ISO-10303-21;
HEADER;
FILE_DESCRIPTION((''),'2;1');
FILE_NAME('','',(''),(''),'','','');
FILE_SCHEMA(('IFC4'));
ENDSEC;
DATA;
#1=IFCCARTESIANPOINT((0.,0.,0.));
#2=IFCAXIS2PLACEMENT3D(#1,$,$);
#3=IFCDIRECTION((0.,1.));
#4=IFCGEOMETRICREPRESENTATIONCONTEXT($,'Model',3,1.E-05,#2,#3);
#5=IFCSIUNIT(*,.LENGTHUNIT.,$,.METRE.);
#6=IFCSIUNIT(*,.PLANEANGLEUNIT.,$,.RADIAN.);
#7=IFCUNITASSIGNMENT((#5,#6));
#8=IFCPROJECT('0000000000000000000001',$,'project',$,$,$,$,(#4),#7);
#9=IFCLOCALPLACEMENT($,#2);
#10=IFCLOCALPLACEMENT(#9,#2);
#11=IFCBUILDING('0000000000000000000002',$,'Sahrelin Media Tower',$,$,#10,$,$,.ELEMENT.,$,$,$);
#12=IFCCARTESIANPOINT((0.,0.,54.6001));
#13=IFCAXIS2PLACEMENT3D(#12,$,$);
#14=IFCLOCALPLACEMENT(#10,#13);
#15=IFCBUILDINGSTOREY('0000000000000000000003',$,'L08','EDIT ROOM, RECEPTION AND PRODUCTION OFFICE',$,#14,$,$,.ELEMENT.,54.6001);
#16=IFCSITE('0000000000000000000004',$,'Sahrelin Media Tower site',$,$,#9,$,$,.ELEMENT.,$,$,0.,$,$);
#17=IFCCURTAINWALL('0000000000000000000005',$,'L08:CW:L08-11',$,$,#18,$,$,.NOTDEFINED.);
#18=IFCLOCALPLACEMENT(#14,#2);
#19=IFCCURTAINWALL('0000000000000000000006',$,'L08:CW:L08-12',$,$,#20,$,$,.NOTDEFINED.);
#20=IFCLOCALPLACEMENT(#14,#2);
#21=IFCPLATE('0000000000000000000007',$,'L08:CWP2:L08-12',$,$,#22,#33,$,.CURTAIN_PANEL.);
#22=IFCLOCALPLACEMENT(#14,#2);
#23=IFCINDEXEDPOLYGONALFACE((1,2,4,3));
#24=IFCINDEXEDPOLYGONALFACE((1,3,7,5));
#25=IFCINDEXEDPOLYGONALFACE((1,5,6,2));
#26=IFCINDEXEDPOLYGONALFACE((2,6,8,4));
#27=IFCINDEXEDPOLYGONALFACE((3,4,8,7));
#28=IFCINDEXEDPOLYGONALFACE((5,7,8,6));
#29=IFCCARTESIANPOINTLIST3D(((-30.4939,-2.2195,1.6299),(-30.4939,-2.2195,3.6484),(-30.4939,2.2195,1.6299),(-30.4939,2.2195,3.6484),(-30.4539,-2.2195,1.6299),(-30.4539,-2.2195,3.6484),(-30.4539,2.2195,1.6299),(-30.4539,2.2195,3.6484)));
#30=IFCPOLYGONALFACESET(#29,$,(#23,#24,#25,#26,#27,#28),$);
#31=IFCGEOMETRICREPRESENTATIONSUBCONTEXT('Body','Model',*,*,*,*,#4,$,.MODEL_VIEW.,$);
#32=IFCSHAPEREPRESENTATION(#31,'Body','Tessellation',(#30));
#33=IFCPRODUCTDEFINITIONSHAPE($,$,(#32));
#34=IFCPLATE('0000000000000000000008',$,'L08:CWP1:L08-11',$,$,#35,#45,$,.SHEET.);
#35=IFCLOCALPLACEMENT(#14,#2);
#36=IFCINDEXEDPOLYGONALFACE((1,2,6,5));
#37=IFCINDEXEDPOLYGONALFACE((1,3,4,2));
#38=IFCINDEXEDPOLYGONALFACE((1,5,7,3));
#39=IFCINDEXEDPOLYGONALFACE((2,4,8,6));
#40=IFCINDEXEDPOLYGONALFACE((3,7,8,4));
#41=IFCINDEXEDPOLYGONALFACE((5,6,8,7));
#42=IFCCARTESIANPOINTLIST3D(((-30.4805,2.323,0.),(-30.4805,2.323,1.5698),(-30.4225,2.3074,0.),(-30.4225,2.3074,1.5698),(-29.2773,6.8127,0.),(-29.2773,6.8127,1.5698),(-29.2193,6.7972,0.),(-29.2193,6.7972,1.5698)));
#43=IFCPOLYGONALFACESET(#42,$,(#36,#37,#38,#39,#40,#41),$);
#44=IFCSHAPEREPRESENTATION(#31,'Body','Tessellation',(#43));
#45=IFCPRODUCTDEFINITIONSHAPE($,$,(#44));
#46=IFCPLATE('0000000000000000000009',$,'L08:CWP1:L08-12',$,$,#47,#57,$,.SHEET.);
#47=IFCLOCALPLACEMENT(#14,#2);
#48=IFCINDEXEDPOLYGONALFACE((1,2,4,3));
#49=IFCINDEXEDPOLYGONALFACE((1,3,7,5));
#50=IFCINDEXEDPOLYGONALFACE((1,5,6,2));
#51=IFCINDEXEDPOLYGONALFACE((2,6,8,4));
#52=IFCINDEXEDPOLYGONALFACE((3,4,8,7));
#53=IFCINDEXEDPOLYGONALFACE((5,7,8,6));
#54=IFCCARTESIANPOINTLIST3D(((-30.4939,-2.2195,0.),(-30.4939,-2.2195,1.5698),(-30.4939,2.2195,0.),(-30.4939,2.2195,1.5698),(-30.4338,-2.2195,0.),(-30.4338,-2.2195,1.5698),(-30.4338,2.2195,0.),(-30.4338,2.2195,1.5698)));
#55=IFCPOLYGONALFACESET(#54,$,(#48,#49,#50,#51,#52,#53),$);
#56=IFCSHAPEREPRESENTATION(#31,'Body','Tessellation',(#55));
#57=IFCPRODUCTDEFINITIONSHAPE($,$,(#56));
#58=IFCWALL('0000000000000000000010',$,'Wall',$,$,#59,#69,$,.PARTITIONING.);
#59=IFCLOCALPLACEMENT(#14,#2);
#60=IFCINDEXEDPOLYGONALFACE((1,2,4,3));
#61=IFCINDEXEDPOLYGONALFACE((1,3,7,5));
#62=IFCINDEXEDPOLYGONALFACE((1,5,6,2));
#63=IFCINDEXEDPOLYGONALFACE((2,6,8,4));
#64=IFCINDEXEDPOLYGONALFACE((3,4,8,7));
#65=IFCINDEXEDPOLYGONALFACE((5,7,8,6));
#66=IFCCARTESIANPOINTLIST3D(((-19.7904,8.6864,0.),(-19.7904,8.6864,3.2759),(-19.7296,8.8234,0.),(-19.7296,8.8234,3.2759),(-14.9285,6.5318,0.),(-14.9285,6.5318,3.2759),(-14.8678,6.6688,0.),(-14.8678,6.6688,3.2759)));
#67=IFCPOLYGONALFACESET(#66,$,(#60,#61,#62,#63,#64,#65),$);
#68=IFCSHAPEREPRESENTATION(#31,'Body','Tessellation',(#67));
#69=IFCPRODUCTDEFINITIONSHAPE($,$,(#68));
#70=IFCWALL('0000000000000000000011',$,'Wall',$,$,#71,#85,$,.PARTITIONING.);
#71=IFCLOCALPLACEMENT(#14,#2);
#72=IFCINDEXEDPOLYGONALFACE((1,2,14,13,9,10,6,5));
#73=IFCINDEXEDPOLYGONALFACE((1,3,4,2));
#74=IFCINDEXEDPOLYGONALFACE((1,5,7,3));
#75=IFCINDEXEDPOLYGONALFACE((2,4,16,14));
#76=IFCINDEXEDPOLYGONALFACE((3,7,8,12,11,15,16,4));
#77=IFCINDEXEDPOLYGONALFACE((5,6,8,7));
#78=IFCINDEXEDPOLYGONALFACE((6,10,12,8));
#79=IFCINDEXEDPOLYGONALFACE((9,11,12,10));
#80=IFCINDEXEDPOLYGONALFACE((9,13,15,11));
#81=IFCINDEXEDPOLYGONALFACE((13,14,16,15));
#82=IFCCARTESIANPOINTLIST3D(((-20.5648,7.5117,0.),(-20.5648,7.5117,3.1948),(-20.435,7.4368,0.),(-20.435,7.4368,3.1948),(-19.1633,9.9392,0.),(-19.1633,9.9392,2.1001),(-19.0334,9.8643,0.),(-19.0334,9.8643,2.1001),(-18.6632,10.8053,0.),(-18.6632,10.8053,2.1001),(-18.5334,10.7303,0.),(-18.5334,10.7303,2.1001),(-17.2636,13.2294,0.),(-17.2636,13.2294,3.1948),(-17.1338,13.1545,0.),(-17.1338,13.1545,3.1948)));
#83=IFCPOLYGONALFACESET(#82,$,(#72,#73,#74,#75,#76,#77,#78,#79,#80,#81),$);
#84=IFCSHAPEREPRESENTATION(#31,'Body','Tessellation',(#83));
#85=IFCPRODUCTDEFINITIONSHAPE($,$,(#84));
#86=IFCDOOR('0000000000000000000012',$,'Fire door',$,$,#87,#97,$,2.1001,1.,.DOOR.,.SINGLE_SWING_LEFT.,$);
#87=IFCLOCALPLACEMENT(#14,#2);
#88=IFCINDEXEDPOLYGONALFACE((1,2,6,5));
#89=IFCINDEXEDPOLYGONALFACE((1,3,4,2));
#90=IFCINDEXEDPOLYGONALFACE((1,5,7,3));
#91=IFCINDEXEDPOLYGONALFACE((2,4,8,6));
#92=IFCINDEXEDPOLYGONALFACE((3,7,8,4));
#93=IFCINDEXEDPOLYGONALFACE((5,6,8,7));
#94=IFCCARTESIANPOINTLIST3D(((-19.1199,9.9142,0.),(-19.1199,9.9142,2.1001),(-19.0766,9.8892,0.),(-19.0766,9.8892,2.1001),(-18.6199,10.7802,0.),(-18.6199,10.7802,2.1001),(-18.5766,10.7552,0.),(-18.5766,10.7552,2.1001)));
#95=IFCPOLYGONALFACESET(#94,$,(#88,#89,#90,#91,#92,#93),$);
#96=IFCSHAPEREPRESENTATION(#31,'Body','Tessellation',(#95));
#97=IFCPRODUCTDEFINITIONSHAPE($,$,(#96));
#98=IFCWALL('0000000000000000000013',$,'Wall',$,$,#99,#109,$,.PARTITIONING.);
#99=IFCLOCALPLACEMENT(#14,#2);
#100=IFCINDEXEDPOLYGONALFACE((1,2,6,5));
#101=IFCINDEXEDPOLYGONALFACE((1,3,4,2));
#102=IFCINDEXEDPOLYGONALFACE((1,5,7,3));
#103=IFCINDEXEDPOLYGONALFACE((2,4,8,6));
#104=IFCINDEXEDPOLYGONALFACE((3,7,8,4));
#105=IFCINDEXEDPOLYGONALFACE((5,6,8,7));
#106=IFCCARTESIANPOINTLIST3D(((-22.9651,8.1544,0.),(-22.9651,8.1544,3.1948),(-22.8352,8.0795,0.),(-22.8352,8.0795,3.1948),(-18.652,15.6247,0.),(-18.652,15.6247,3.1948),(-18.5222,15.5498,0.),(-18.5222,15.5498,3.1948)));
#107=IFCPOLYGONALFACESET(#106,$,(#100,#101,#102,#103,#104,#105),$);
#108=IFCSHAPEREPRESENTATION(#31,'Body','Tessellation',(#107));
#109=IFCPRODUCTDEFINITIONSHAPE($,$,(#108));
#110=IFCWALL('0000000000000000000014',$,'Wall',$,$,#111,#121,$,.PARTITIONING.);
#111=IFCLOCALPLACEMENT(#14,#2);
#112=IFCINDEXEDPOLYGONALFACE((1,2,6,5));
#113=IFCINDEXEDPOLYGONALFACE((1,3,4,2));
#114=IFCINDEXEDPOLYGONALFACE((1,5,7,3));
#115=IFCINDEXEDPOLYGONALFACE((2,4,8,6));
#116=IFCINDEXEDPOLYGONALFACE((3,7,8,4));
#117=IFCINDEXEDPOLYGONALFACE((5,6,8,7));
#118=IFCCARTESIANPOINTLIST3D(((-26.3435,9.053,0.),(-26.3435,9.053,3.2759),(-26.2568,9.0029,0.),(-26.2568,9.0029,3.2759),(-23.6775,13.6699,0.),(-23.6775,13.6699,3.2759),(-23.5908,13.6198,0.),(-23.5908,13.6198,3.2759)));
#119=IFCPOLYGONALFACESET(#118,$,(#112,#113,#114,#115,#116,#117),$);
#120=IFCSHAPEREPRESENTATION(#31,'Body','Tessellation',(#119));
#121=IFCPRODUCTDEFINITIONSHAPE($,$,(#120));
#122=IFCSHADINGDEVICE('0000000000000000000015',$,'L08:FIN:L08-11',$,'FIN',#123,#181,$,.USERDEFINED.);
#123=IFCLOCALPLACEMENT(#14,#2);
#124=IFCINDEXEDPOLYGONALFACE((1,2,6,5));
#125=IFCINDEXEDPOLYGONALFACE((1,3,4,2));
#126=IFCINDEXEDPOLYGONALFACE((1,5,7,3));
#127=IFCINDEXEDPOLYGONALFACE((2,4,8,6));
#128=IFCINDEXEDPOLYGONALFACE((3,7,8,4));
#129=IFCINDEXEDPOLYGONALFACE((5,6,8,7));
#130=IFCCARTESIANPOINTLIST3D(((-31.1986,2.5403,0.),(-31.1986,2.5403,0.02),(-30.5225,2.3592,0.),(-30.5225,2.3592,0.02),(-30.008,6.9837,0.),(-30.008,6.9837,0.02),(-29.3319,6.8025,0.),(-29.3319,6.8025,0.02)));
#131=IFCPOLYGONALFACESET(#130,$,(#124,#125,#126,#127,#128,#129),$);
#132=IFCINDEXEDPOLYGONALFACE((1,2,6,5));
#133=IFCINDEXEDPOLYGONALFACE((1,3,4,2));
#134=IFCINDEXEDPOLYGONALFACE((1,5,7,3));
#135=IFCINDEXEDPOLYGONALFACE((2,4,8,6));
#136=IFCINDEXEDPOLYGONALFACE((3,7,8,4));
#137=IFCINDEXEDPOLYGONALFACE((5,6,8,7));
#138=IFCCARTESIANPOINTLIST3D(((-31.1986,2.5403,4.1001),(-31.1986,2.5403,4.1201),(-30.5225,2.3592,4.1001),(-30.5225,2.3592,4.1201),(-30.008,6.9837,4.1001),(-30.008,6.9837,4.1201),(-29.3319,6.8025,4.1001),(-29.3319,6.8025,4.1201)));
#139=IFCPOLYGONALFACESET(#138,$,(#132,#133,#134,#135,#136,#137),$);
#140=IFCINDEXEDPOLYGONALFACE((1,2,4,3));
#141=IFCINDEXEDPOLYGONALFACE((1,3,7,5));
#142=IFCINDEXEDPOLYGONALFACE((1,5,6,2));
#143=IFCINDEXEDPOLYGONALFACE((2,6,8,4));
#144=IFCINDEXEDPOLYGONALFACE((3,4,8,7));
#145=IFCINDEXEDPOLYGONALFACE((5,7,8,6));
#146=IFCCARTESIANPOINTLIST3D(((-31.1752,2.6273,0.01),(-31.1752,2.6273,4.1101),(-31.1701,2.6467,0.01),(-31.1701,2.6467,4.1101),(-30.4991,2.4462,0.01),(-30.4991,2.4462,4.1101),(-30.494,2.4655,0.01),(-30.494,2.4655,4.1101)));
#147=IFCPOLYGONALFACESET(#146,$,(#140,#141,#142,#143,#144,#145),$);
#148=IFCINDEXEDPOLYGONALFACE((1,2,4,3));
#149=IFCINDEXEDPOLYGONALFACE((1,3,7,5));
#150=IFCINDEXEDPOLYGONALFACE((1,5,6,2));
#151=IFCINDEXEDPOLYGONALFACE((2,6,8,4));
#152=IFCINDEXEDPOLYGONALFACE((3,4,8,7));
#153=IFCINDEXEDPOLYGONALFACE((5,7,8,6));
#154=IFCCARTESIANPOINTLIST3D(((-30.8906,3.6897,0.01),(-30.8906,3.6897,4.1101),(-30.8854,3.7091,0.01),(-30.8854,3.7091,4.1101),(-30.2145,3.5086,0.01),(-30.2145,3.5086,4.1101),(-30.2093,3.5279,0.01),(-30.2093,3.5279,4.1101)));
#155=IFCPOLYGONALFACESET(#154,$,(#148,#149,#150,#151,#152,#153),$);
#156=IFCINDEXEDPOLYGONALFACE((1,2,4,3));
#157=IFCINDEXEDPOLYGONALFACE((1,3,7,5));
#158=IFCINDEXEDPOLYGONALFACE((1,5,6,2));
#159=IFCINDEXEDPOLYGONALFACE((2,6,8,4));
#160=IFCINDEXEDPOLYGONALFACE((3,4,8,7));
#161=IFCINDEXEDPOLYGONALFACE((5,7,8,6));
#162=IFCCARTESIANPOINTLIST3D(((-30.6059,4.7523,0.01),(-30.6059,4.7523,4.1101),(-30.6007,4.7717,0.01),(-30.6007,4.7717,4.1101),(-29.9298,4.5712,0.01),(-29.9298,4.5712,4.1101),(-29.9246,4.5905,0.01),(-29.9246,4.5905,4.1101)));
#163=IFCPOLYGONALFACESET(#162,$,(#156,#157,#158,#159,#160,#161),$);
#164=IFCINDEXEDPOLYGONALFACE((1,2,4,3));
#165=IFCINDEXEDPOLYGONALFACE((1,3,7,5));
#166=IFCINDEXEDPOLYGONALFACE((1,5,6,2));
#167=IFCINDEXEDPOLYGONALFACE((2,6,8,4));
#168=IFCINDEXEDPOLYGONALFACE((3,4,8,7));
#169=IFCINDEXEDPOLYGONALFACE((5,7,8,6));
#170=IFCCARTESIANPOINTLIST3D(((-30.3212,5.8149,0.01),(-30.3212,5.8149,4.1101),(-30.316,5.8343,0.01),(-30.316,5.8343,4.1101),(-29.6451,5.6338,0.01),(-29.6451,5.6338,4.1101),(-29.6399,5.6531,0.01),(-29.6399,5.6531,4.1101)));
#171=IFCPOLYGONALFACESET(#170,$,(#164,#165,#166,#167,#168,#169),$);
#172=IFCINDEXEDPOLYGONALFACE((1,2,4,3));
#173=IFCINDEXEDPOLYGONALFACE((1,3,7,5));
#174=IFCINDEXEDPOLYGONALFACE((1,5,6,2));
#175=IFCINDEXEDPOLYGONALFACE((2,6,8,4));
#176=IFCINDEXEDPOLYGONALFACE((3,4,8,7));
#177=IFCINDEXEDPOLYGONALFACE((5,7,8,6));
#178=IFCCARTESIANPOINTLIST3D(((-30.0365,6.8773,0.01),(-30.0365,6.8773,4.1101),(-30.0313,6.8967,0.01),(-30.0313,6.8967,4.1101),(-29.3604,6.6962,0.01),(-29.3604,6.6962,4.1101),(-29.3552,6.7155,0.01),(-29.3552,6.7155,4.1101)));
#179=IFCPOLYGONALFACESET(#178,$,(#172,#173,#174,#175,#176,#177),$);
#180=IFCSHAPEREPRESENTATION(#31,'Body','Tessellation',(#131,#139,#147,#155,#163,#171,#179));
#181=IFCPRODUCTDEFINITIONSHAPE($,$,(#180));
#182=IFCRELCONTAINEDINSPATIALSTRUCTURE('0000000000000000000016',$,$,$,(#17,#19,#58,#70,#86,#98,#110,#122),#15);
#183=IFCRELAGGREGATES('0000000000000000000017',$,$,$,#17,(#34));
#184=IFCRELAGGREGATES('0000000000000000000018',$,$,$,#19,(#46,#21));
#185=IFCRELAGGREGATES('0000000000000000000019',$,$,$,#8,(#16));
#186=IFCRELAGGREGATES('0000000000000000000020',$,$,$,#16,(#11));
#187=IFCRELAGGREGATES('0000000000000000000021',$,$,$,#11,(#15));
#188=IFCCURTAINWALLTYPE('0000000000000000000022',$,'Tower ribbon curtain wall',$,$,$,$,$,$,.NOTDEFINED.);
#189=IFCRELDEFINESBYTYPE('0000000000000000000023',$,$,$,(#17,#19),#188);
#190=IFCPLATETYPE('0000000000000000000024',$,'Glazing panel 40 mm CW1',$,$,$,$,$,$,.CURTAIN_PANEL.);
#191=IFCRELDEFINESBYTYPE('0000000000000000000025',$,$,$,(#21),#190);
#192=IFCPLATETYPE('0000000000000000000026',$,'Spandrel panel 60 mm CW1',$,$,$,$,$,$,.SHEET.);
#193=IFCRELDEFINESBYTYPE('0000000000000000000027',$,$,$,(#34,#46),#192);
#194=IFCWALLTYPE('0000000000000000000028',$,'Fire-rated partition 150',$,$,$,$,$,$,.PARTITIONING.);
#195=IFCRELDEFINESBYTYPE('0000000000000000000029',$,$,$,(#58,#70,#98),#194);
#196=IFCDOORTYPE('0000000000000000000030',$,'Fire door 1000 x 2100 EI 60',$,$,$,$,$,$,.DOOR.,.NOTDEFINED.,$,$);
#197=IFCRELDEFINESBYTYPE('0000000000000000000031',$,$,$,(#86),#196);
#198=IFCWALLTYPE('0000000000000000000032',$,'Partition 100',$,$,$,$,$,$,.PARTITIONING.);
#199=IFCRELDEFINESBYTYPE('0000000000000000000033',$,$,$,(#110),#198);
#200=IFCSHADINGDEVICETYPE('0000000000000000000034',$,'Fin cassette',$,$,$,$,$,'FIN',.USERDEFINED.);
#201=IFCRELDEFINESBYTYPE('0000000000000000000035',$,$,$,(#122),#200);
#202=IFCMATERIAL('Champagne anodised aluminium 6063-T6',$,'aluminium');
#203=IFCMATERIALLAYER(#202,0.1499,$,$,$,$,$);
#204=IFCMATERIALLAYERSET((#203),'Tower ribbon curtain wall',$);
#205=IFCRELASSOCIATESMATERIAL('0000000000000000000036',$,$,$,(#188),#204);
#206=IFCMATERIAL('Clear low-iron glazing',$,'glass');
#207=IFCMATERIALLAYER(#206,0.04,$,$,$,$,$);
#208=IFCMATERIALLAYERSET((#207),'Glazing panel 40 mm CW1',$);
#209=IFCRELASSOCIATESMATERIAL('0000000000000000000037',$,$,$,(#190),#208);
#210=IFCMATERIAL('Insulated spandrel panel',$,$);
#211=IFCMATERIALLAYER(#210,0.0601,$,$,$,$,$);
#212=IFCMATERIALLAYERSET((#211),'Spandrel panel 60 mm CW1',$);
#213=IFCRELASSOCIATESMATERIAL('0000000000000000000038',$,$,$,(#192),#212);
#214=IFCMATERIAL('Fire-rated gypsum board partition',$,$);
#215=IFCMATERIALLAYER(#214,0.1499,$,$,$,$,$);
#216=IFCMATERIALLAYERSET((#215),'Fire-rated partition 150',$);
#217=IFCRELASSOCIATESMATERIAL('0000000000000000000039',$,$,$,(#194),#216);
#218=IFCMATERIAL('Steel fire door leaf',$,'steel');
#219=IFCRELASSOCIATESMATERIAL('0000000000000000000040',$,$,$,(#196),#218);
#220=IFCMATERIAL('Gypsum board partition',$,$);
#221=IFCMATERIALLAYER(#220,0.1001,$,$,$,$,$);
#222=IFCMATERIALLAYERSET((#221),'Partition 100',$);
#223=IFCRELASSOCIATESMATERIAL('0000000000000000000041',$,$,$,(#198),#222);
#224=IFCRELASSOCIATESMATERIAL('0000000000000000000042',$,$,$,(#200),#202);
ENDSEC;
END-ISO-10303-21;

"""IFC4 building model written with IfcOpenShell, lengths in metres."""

from ifc_helpers import new_model, si_unit, direction, frame, frame_2d, origin, origin_2d, place, context, subcontext, project, spatial, polyline, rectangle, outline, extrude, material, layer, layer_set, type_object, element, fill, aggregate, save


model = new_model("IFC4")

# Units and contexts
model_context = context("Model", 3, precision=1e-05, world=origin(), true_north=direction((0.0, 1.0)))
body_context = subcontext(model_context, "Body", "Model", "MODEL_VIEW")
ifc_project = project(units=[si_unit("LENGTHUNIT", "METRE"), si_unit("PLANEANGLEUNIT", "RADIAN")], contexts=[model_context])

# Site, building, storey
site_placement = place(None, origin())
site = spatial("IfcSite", under=ifc_project, at=site_placement, Name="Sahrelin Media Tower site", CompositionType="ELEMENT", RefElevation=0.0)
building_placement = place(site_placement, origin())
building = spatial("IfcBuilding", under=site, at=building_placement, Name="Sahrelin Media Tower", CompositionType="ELEMENT")
storey_placement = place(building_placement, frame((0.0, 0.0, 54.6001)))
storey = spatial("IfcBuildingStorey", under=building, at=storey_placement, Name="L08", Description="EDIT ROOM, RECEPTION AND PRODUCTION OFFICE", CompositionType="ELEMENT", Elevation=54.6001)

# Curtain wall
ifc_material_1 = material(Name="Champagne anodised aluminium 6063-T6", Category="aluminium")
ifc_layer_1 = layer(ifc_material_1, 0.1499)
ifc_layer_set_1 = layer_set([ifc_layer_1], Name="Tower ribbon curtain wall")
curtain_wall_type = type_object("IfcCurtainWallType", Name="Tower ribbon curtain wall", PredefinedType="NOTDEFINED", material=ifc_layer_set_1)
curtain_wall_1_placement = place(storey_placement, frame((-29.8596, 4.5627, 0.0), z_axis=(0.0, 0.0, 1.0), x_axis=(1.0, 0.0, 0.0)))
curtain_wall_1 = element("IfcCurtainWall", 1, at=curtain_wall_1_placement, inside=storey, type_object=curtain_wall_type, Name="L08:CW:L08-11", PredefinedType="NOTDEFINED")

# Curtain wall
curtain_wall_2_placement = place(storey_placement, frame((-30.4741, 0.0, 0.0), z_axis=(0.0, 0.0, 1.0), x_axis=(1.0, 0.0, 0.0)))
curtain_wall_2 = element("IfcCurtainWall", 2, at=curtain_wall_2_placement, inside=storey, type_object=curtain_wall_type, Name="L08:CW:L08-12", PredefinedType="NOTDEFINED")

# Plates
ifc_material_2 = material(Name="Clear low-iron glazing", Category="glass")
ifc_layer_2 = layer(ifc_material_2, 0.04)
ifc_layer_set_2 = layer_set([ifc_layer_2], Name="Glazing panel 40 mm CW1")
plate_type_1 = type_object("IfcPlateType", Name="Glazing panel 40 mm CW1", PredefinedType="CURTAIN_PANEL", material=ifc_layer_set_2)
plate_1_placement = place(storey_placement, frame((-30.4939, 2.2195, 1.6299), z_axis=(-1.0, 0.0, 0.0), x_axis=(0.0, -1.0, 0.0)))
plate_1 = element("IfcPlate", 3, at=plate_1_placement, type_object=plate_type_1, Name="L08:CWP2:L08-12", PredefinedType="CURTAIN_PANEL", context=body_context, shape_type="SweptSolid", body=[
    extrude(outline(polyline([(0.0, 0.0), (4.439, 0.0), (4.439, 2.0186), (0.0, 2.0186), (0.0, 0.0)])), origin(), (0.0, 0.0, -1.0), 0.04),
])
ifc_material_3 = material(Name="Insulated spandrel panel")
ifc_layer_3 = layer(ifc_material_3, 0.0601)
ifc_layer_set_3 = layer_set([ifc_layer_3], Name="Spandrel panel 60 mm CW1")
plate_type_2 = type_object("IfcPlateType", Name="Spandrel panel 60 mm CW1", PredefinedType="SHEET", material=ifc_layer_set_3)
plate_2_placement = place(storey_placement, frame((-29.2773, 6.8127, 0.0), z_axis=(-0.96592, 0.258839, 0.0), x_axis=(-0.258839, -0.96592, 0.0)))
plate_2 = element("IfcPlate", 4, at=plate_2_placement, type_object=plate_type_2, Name="L08:CWP1:L08-11", PredefinedType="SHEET", context=body_context, shape_type="SweptSolid", body=[
    extrude(outline(polyline([(0.0, 0.0), (4.6482, 0.0), (4.6482, 1.5698), (0.0, 1.5698), (0.0, 0.0)])), origin(), (0.0, 0.0, -1.0), 0.0601),
])
aggregate(curtain_wall_1, [plate_2])
plate_3_placement = place(storey_placement, frame((-30.4939, 2.2195, 0.0), z_axis=(-1.0, 0.0, 0.0), x_axis=(0.0, -1.0, 0.0)))
plate_3 = element("IfcPlate", 5, at=plate_3_placement, type_object=plate_type_2, Name="L08:CWP1:L08-12", PredefinedType="SHEET", context=body_context, shape_type="SweptSolid", body=[
    extrude(outline(polyline([(0.0, 0.0), (4.439, 0.0), (4.439, 1.5698), (0.0, 1.5698), (0.0, 0.0)])), origin(), (0.0, 0.0, -1.0), 0.0601),
])
aggregate(curtain_wall_2, [plate_3, plate_1])

# Wall
ifc_material_4 = material(Name="Fire-rated gypsum board partition")
ifc_layer_4 = layer(ifc_material_4, 0.1499)
ifc_layer_set_4 = layer_set([ifc_layer_4], Name="Fire-rated partition 150")
wall_type_1 = type_object("IfcWallType", Name="Fire-rated partition 150", PredefinedType="PARTITIONING", material=ifc_layer_set_4)
wall_1_placement = place(storey_placement, frame((-19.76, 8.7549, 0.0), z_axis=(0.0, 0.0, 1.0), x_axis=(0.914248, -0.405154, 0.0)))
element("IfcWall", 6, at=wall_1_placement, inside=storey, type_object=wall_type_1, Name="Wall", PredefinedType="PARTITIONING", context=body_context, shape_type="SweptSolid", body=[
    extrude(rectangle(XDim=5.3179, YDim=0.1499, at=frame_2d((2.6589, 0.0))), origin(), (0.0, 0.0, 1.0), 3.2759),
])

# Wall, opening, door
wall_2_placement = place(storey_placement, frame((-20.5, 7.4741, 0.0), z_axis=(0.0, 0.0, 1.0), x_axis=(0.500013, 0.866018, 0.0)))
wall_2 = element("IfcWall", 7, at=wall_2_placement, inside=storey, type_object=wall_type_1, Name="Wall", PredefinedType="PARTITIONING", context=body_context, shape_type="SweptSolid", body=[
    extrude(rectangle(XDim=6.6023, YDim=0.1499, at=frame_2d((3.3013, 0.0))), origin(), (0.0, 0.0, 1.0), 3.1948),
])
opening_placement = place(wall_2_placement, frame((2.8032, 0.0, 0.0)))
opening = element("IfcOpeningElement", 8, at=opening_placement, cuts=wall_2, PredefinedType="OPENING", context=body_context, shape_type="SweptSolid", body=[
    extrude(rectangle(XDim=1.0, YDim=2.1001, at=frame_2d((0.5, 1.05))), frame((0.0, 0.075, 0.0), z_axis=(0.0, -1.0, 0.0), x_axis=(1.0, 0.0, 0.0)), (0.0, 0.0, 1.0), 0.1499),
])
ifc_material_5 = material(Name="Steel fire door leaf", Category="steel")
door_type = type_object("IfcDoorType", Name="Fire door 1000 x 2100 EI 60", OperationType="NOTDEFINED", PredefinedType="DOOR", material=ifc_material_5)
door_placement = place(opening_placement, origin())
door = element("IfcDoor", 9, at=door_placement, inside=storey, type_object=door_type, Name="Fire door", OperationType="SINGLE_SWING_LEFT", OverallHeight=2.1001, OverallWidth=1.0, PredefinedType="DOOR", context=body_context, shape_type="SweptSolid", body=[
    extrude(rectangle(XDim=1.0, YDim=2.1001, at=frame_2d((0.5, 1.05))), frame((0.0, 0.0249, 0.0), z_axis=(0.0, -1.0, 0.0), x_axis=(1.0, 0.0, 0.0)), (0.0, 0.0, 1.0), 0.05),
])
fill(opening, door)

# Walls
wall_3_placement = place(storey_placement, frame((-22.9001, 8.1169, 0.0), z_axis=(0.0, 0.0, 1.0), x_axis=(0.500005, 0.866023, 0.0)))
element("IfcWall", 10, at=wall_3_placement, inside=storey, type_object=wall_type_1, Name="Wall", PredefinedType="PARTITIONING", context=body_context, shape_type="SweptSolid", body=[
    extrude(rectangle(XDim=8.626, YDim=0.1499, at=frame_2d((4.313, 0.0))), origin(), (0.0, 0.0, 1.0), 3.1948),
])
ifc_material_6 = material(Name="Gypsum board partition")
ifc_layer_5 = layer(ifc_material_6, 0.1001)
ifc_layer_set_5 = layer_set([ifc_layer_5], Name="Partition 100")
wall_type_2 = type_object("IfcWallType", Name="Partition 100", PredefinedType="PARTITIONING", material=ifc_layer_set_5)
wall_4_placement = place(storey_placement, frame((-26.3, 9.0281, 0.0), z_axis=(0.0, 0.0, 1.0), x_axis=(0.500059, 0.865991, 0.0)))
element("IfcWall", 11, at=wall_4_placement, inside=storey, type_object=wall_type_2, Name="Wall", PredefinedType="PARTITIONING", context=body_context, shape_type="SweptSolid", body=[
    extrude(rectangle(XDim=5.3313, YDim=0.1001, at=frame_2d((2.6655, 0.0))), origin(), (0.0, 0.0, 1.0), 3.2759),
])

# Shading device
shading_device_type_1 = type_object("IfcShadingDeviceType", Name="Fin cassette", ElementType="FIN", PredefinedType="USERDEFINED", material=ifc_material_1)
placement = place(storey_placement, frame((-29.8596, 4.5627, 0.0), z_axis=(0.0, 0.0, 1.0), x_axis=(0.258808, 0.965929, 0.0)))
element("IfcShadingDevice", 12, at=placement, inside=storey, type_object=shading_device_type_1, Name="L08:FIN:L08-11", ObjectType="FIN", PredefinedType="USERDEFINED", context=body_context, shape_type="SweptSolid", body=[
    extrude(rectangle(XDim=4.6001, YDim=0.7, at=origin_2d()), frame((0.0, 0.4199, 0.0)), (0.0, 0.0, 1.0), 0.02),
    extrude(rectangle(XDim=4.6001, YDim=0.7, at=origin_2d()), frame((0.0, 0.4199, 4.1001)), (0.0, 0.0, 1.0), 0.02),
    extrude(rectangle(XDim=0.02, YDim=0.7, at=origin_2d()), frame((-2.2, 0.4199, 0.01), z_axis=(0.0, 0.0, 1.0), x_axis=(1.0, 0.0, 0.0)), (0.0, 0.0, 1.0), 4.1001),
    extrude(rectangle(XDim=0.02, YDim=0.7, at=origin_2d()), frame((-1.1001, 0.4199, 0.01), z_axis=(0.0, 0.0, 1.0), x_axis=(1.0, 0.0, 0.0)), (0.0, 0.0, 1.0), 4.1001),
    extrude(rectangle(XDim=0.02, YDim=0.7, at=origin_2d()), frame((0.0, 0.4199, 0.01), z_axis=(0.0, 0.0, 1.0), x_axis=(1.0, 0.0, 0.0)), (0.0, 0.0, 1.0), 4.1001),
    extrude(rectangle(XDim=0.02, YDim=0.7, at=origin_2d()), frame((1.1001, 0.4199, 0.01), z_axis=(0.0, 0.0, 1.0), x_axis=(1.0, 0.0, 0.0)), (0.0, 0.0, 1.0), 4.1001),
    extrude(rectangle(XDim=0.02, YDim=0.7, at=origin_2d()), frame((2.2, 0.4199, 0.01), z_axis=(0.0, 0.0, 1.0), x_axis=(1.0, 0.0, 0.0)), (0.0, 0.0, 1.0), 4.1001),
])

save(model, "model.ifc")
